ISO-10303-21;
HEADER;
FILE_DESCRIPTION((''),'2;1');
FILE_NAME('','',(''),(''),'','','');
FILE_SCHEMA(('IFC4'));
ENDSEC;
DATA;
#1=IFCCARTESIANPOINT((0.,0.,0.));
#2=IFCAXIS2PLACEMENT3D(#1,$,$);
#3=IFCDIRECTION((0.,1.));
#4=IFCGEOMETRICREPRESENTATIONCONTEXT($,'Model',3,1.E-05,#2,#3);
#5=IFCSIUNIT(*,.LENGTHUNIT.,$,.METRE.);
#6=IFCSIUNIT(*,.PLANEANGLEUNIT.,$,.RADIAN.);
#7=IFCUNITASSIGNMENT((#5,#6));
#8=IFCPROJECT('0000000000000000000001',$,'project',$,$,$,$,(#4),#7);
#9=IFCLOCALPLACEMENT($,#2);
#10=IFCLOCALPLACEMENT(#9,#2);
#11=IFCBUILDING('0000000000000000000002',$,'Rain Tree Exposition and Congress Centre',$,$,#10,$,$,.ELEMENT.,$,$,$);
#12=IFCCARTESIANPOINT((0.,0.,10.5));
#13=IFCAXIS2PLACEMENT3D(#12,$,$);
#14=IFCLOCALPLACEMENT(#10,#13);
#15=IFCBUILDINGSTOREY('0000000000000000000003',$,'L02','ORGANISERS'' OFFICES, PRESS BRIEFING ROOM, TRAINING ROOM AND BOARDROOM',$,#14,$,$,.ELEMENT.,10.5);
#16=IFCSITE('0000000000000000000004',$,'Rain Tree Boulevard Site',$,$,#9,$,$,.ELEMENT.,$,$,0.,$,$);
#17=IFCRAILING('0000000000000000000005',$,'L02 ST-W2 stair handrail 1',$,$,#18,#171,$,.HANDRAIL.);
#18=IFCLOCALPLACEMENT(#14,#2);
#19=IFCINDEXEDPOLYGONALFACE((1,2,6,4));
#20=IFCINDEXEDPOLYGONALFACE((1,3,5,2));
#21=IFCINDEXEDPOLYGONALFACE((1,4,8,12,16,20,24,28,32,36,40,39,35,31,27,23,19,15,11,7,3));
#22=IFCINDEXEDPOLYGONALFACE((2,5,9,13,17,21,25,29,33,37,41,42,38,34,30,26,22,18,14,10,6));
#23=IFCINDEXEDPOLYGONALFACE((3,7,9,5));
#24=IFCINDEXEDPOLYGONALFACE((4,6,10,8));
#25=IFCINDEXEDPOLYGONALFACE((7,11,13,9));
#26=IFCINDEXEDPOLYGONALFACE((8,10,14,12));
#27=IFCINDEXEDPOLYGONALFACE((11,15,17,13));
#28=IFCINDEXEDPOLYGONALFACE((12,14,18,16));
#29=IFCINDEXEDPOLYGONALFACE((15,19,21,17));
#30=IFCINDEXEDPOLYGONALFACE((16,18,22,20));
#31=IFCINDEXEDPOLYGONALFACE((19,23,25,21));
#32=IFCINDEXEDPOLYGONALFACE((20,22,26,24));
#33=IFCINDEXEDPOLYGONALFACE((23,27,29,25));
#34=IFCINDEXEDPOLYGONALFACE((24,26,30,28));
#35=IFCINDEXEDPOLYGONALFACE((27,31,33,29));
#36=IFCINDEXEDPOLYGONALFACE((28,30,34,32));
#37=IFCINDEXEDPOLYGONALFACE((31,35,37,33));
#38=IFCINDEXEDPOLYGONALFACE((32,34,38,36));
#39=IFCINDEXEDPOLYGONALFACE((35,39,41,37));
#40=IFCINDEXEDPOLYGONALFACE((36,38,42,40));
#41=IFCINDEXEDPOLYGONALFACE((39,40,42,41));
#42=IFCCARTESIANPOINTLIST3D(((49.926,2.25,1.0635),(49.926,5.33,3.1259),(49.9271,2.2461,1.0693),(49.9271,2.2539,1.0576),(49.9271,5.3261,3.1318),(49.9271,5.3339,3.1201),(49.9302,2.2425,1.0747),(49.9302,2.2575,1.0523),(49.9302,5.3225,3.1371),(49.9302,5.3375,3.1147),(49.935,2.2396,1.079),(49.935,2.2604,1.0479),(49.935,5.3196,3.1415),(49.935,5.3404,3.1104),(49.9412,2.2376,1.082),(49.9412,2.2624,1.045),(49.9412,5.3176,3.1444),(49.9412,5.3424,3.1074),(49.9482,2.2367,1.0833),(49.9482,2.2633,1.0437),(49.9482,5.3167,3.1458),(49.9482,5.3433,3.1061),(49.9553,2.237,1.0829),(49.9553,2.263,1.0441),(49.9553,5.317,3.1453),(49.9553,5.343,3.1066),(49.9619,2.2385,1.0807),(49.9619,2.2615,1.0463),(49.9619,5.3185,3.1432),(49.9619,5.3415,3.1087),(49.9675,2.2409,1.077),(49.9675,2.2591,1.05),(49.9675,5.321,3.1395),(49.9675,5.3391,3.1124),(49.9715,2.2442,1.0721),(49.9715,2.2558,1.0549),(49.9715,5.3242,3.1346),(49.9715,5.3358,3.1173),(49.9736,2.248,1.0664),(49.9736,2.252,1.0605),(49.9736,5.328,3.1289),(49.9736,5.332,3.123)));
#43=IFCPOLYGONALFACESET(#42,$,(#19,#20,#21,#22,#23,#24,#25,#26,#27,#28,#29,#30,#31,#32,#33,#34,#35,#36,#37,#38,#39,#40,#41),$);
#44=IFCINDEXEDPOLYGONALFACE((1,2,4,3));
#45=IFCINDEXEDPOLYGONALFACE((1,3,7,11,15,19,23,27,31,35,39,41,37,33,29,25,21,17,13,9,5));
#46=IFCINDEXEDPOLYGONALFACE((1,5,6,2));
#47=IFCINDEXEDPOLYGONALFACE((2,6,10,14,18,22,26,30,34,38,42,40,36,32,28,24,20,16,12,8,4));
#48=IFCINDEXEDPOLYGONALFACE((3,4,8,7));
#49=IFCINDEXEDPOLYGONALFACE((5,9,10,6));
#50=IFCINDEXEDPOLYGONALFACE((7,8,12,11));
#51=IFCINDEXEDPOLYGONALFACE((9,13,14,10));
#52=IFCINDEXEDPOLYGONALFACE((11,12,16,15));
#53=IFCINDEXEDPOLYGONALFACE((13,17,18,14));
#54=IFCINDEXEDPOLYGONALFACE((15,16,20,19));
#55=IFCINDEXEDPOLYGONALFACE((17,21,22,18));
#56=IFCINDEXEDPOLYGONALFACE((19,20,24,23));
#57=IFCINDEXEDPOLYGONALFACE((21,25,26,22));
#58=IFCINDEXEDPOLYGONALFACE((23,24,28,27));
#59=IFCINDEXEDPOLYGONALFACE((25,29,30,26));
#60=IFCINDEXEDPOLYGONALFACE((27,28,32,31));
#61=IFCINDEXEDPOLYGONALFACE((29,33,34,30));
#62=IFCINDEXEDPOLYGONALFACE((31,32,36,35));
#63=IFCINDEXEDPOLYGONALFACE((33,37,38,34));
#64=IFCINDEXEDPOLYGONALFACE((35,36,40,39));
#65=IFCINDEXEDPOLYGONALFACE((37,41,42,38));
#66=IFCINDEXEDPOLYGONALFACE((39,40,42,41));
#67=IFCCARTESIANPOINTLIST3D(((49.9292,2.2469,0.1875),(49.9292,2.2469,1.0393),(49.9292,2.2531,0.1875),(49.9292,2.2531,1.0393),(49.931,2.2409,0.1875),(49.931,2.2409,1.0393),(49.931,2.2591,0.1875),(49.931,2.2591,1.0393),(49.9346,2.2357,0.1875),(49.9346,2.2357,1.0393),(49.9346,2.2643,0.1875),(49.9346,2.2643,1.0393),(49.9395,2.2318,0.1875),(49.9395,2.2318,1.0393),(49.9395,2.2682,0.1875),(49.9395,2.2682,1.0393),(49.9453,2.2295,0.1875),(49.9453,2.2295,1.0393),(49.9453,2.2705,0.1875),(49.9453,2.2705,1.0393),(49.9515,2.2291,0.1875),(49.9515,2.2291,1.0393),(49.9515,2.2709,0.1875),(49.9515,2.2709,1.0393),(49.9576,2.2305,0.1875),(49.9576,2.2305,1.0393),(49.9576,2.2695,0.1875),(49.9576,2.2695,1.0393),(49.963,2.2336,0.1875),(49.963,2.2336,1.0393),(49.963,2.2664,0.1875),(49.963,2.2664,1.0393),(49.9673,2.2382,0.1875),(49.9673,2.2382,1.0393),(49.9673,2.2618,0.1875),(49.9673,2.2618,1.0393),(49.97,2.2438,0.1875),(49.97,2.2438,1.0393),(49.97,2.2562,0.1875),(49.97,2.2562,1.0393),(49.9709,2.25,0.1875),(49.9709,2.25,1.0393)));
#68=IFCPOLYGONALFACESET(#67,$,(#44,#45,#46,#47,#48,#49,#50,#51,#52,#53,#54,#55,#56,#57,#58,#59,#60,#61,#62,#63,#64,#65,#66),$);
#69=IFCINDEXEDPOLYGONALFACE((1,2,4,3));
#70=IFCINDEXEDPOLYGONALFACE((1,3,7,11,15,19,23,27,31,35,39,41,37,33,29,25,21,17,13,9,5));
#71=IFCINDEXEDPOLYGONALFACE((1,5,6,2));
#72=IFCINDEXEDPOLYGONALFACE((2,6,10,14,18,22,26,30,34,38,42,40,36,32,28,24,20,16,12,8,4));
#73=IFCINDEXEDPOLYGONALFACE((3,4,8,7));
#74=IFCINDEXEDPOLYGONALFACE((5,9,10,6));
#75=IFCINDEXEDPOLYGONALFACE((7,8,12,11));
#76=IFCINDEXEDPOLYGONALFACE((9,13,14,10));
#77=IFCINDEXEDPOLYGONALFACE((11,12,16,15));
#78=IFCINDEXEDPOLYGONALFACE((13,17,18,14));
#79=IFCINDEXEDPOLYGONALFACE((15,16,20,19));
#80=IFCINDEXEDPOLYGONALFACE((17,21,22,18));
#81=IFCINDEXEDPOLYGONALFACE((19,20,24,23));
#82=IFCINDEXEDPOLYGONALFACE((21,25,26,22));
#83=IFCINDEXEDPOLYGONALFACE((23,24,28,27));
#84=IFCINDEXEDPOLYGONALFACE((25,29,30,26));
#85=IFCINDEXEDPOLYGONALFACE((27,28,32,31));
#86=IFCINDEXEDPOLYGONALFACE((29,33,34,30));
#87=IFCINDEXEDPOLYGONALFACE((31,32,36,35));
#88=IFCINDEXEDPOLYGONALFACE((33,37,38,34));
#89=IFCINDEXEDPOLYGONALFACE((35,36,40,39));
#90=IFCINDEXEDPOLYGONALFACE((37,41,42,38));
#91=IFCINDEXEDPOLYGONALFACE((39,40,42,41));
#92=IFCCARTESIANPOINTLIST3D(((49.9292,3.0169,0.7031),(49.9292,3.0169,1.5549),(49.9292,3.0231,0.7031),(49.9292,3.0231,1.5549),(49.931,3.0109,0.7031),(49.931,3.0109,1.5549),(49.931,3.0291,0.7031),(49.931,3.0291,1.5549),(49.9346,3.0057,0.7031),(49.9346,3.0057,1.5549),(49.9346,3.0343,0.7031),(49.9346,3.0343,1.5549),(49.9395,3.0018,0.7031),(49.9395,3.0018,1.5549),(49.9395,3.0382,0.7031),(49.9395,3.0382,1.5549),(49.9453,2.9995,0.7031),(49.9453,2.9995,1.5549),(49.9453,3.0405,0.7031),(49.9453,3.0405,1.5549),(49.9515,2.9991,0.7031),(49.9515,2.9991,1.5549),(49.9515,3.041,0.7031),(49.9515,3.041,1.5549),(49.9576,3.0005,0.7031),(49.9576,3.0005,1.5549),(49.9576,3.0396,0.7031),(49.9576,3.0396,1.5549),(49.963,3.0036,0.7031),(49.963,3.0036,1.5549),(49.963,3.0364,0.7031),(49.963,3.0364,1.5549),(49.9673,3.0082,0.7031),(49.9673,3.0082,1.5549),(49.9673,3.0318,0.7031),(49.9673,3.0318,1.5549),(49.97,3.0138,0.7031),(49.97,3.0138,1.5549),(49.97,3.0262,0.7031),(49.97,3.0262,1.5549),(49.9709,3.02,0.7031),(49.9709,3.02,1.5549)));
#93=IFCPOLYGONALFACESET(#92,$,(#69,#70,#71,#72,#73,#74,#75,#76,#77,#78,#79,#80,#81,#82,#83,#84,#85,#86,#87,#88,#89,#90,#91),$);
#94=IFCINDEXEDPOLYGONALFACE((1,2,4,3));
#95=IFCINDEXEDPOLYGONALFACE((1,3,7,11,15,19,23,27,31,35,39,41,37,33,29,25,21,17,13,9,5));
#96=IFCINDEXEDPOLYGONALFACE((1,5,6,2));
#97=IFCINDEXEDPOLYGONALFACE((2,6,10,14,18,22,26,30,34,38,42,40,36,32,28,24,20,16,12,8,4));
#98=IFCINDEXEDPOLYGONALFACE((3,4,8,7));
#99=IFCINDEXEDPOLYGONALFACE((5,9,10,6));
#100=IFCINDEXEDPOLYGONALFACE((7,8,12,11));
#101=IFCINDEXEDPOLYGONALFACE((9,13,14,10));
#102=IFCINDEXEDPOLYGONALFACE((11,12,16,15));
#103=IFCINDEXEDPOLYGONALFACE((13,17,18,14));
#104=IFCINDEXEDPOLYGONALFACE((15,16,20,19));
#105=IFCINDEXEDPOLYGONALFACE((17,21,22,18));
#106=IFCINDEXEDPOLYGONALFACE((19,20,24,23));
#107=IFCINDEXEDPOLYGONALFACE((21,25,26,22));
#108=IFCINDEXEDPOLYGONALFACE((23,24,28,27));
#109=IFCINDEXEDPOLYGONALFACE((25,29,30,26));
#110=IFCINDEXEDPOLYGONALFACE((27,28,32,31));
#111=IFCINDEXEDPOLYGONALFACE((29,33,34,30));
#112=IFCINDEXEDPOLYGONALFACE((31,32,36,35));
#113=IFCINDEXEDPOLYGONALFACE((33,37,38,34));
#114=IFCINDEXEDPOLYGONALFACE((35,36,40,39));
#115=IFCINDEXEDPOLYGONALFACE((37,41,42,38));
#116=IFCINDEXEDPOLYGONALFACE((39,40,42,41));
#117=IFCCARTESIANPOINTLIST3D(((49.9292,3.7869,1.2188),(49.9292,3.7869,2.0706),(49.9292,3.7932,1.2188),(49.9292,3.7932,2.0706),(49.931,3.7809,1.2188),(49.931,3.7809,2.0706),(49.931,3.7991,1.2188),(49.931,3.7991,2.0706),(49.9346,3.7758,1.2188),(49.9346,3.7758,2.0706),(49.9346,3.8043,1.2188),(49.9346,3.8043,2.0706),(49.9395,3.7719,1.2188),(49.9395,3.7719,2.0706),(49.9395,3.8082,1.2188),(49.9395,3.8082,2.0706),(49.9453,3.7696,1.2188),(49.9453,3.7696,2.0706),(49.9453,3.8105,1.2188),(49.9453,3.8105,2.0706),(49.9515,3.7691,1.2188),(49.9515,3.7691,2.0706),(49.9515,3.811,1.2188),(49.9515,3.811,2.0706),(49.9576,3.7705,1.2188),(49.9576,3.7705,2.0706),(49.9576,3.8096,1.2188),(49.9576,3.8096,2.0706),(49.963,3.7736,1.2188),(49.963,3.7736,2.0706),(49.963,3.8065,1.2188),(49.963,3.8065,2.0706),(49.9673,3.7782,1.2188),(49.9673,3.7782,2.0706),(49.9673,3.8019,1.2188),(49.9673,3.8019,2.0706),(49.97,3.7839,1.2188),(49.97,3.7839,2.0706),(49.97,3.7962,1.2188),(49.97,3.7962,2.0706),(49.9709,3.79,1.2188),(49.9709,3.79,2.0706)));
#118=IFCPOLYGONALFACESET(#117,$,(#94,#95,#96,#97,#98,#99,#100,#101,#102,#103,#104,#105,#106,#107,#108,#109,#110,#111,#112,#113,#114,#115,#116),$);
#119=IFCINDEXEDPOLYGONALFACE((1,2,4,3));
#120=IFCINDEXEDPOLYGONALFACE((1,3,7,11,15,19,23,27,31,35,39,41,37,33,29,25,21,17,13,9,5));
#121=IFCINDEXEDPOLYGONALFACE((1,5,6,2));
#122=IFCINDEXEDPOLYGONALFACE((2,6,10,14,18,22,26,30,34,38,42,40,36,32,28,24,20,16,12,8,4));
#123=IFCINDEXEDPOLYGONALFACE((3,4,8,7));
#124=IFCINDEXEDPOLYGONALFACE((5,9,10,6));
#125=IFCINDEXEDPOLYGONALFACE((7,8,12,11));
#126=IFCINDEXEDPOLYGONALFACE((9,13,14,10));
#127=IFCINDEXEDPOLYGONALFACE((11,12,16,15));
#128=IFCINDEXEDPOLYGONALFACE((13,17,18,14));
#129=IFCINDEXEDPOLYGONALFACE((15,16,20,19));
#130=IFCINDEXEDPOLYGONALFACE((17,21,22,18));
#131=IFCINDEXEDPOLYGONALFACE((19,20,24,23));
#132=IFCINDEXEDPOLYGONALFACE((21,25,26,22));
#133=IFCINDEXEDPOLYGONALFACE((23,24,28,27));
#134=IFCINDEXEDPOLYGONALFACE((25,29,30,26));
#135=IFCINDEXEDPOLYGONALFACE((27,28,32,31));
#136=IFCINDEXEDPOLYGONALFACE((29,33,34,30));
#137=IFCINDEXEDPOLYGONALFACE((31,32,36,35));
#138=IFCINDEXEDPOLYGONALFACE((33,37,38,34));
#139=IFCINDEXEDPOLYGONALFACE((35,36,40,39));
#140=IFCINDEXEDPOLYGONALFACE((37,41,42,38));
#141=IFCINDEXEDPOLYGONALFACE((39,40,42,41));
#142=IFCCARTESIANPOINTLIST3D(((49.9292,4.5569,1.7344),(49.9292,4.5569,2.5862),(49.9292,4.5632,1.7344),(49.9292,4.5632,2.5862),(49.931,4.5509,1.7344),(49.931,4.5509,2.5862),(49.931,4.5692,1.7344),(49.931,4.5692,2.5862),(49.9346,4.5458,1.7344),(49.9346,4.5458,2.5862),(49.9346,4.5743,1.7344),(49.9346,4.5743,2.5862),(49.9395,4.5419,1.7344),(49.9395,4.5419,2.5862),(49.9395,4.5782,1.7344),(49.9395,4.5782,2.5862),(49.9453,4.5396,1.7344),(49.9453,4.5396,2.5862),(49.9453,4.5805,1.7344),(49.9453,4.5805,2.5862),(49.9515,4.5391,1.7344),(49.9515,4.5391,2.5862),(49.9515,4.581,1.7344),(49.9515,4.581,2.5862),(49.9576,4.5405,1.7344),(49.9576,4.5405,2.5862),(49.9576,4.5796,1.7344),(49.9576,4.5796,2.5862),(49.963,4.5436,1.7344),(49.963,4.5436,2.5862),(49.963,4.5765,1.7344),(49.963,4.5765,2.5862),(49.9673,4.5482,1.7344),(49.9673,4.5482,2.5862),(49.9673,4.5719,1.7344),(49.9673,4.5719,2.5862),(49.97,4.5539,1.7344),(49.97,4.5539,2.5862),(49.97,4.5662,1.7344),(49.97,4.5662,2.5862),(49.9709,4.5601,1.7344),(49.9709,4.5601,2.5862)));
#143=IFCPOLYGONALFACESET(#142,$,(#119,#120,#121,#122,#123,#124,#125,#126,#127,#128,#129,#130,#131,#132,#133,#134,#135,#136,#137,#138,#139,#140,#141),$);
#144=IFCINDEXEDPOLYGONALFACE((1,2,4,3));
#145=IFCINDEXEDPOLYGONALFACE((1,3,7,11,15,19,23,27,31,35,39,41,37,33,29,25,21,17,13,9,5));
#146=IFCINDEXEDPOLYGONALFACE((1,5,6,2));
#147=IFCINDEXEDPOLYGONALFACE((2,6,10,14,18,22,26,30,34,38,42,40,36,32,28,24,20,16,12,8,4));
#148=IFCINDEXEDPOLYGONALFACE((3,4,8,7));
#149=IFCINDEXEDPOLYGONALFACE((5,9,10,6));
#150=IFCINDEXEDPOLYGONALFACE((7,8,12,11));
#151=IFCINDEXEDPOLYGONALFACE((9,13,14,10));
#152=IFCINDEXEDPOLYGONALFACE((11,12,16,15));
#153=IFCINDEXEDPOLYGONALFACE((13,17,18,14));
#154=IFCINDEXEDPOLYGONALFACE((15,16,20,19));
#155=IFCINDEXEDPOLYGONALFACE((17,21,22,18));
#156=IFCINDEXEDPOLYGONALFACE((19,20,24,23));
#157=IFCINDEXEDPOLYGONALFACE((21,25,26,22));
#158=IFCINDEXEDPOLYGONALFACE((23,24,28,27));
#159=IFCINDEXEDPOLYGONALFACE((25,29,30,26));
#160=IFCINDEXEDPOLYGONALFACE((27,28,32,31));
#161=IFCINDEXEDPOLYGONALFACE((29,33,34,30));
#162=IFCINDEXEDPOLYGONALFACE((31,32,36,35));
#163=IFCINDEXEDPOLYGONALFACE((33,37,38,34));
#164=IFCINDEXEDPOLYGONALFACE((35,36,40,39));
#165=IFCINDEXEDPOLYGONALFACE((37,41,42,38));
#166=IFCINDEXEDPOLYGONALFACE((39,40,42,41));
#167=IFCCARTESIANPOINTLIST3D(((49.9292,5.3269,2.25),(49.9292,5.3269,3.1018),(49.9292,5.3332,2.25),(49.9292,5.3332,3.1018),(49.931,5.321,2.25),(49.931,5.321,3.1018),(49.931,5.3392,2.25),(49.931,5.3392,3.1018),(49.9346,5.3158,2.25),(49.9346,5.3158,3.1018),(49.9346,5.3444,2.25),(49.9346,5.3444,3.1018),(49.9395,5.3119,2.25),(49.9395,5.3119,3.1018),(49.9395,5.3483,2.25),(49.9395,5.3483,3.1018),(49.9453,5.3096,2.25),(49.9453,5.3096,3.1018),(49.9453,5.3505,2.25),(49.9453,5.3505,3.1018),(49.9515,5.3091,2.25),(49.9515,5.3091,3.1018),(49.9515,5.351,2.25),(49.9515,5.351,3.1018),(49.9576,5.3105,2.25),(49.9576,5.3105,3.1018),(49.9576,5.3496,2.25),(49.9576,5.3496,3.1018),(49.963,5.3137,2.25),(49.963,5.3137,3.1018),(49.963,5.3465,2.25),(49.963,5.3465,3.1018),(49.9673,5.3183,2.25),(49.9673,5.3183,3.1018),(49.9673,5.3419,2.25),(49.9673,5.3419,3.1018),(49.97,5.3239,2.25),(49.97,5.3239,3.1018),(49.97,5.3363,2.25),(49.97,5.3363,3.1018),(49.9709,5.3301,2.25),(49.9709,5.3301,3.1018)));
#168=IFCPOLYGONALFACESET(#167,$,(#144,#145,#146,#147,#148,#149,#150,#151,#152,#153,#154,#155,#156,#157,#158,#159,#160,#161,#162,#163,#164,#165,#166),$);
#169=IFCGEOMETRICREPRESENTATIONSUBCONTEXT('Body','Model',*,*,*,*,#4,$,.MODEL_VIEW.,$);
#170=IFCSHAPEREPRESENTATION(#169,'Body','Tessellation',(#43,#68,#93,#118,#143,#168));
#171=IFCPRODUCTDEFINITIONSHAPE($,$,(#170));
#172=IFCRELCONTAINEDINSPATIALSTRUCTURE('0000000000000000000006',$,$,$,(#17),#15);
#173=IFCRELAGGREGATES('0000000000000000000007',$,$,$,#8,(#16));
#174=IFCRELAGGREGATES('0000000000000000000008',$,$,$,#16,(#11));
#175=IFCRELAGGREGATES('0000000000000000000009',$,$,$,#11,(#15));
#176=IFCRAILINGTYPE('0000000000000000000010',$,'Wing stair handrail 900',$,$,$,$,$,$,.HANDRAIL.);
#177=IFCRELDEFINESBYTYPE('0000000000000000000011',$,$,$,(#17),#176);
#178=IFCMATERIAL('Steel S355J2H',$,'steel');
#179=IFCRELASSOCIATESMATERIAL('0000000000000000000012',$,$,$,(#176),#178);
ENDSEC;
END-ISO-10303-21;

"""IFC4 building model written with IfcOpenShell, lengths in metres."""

from ifc_helpers import new_model, si_unit, direction, frame, origin, origin_2d, place, context, subcontext, project, spatial, circle, extrude, material, type_object, element, save


model = new_model("IFC4")

# Units and contexts
model_context = context("Model", 3, precision=1e-05, world=origin(), true_north=direction((0.0, 1.0)))
body_context = subcontext(model_context, "Body", "Model", "MODEL_VIEW")
ifc_project = project(units=[si_unit("LENGTHUNIT", "METRE"), si_unit("PLANEANGLEUNIT", "RADIAN")], contexts=[model_context])

# Site, building, storey
site_placement = place(None, origin())
site = spatial("IfcSite", under=ifc_project, at=site_placement, Name="Rain Tree Boulevard Site", CompositionType="ELEMENT", RefElevation=0.0)
building_placement = place(site_placement, origin())
building = spatial("IfcBuilding", under=site, at=building_placement, Name="Rain Tree Exposition and Congress Centre", CompositionType="ELEMENT")
storey_placement = place(building_placement, frame((0.0, 0.0, 10.5)))
storey = spatial("IfcBuildingStorey", under=building, at=storey_placement, Name="L02", Description="ORGANISERS' OFFICES, PRESS BRIEFING ROOM, TRAINING ROOM AND BOARDROOM", CompositionType="ELEMENT", Elevation=10.5)

# Railing
ifc_material_1 = material(Name="Steel S355J2H", Category="steel")
railing_type_1 = type_object("IfcRailingType", Name="Wing stair handrail 900", PredefinedType="HANDRAIL", material=ifc_material_1)
railing_1_placement = place(storey_placement, frame((49.95, 2.25, 0.1875)))
element("IfcRailing", 1, at=railing_1_placement, inside=storey, type_object=railing_type_1, Name="L02 ST-W2 stair handrail 1", PredefinedType="HANDRAIL", context=body_context, shape_type="SweptSolid", body=[
    extrude(circle(Radius=0.0239, at=origin_2d()), frame((0.0, 0.0, 0.876), z_axis=(0.0, 0.830914, 0.556401), x_axis=(-1.0, 0.0, 0.0)), (0.0, 0.0, 1.0), 3.7068),
    extrude(circle(Radius=0.021, at=origin_2d()), origin(), (0.0, 0.0, 1.0), 0.8518),
    extrude(circle(Radius=0.021, at=origin_2d()), frame((0.0, 0.77, 0.5156)), (0.0, 0.0, 1.0), 0.8518),
    extrude(circle(Radius=0.021, at=origin_2d()), frame((0.0, 1.54, 1.0312)), (0.0, 0.0, 1.0), 0.8518),
    extrude(circle(Radius=0.021, at=origin_2d()), frame((0.0, 2.3101, 1.5469)), (0.0, 0.0, 1.0), 0.8518),
    extrude(circle(Radius=0.021, at=origin_2d()), frame((0.0, 3.0801, 2.0625)), (0.0, 0.0, 1.0), 0.8518),
])

save(model, "model.ifc")
